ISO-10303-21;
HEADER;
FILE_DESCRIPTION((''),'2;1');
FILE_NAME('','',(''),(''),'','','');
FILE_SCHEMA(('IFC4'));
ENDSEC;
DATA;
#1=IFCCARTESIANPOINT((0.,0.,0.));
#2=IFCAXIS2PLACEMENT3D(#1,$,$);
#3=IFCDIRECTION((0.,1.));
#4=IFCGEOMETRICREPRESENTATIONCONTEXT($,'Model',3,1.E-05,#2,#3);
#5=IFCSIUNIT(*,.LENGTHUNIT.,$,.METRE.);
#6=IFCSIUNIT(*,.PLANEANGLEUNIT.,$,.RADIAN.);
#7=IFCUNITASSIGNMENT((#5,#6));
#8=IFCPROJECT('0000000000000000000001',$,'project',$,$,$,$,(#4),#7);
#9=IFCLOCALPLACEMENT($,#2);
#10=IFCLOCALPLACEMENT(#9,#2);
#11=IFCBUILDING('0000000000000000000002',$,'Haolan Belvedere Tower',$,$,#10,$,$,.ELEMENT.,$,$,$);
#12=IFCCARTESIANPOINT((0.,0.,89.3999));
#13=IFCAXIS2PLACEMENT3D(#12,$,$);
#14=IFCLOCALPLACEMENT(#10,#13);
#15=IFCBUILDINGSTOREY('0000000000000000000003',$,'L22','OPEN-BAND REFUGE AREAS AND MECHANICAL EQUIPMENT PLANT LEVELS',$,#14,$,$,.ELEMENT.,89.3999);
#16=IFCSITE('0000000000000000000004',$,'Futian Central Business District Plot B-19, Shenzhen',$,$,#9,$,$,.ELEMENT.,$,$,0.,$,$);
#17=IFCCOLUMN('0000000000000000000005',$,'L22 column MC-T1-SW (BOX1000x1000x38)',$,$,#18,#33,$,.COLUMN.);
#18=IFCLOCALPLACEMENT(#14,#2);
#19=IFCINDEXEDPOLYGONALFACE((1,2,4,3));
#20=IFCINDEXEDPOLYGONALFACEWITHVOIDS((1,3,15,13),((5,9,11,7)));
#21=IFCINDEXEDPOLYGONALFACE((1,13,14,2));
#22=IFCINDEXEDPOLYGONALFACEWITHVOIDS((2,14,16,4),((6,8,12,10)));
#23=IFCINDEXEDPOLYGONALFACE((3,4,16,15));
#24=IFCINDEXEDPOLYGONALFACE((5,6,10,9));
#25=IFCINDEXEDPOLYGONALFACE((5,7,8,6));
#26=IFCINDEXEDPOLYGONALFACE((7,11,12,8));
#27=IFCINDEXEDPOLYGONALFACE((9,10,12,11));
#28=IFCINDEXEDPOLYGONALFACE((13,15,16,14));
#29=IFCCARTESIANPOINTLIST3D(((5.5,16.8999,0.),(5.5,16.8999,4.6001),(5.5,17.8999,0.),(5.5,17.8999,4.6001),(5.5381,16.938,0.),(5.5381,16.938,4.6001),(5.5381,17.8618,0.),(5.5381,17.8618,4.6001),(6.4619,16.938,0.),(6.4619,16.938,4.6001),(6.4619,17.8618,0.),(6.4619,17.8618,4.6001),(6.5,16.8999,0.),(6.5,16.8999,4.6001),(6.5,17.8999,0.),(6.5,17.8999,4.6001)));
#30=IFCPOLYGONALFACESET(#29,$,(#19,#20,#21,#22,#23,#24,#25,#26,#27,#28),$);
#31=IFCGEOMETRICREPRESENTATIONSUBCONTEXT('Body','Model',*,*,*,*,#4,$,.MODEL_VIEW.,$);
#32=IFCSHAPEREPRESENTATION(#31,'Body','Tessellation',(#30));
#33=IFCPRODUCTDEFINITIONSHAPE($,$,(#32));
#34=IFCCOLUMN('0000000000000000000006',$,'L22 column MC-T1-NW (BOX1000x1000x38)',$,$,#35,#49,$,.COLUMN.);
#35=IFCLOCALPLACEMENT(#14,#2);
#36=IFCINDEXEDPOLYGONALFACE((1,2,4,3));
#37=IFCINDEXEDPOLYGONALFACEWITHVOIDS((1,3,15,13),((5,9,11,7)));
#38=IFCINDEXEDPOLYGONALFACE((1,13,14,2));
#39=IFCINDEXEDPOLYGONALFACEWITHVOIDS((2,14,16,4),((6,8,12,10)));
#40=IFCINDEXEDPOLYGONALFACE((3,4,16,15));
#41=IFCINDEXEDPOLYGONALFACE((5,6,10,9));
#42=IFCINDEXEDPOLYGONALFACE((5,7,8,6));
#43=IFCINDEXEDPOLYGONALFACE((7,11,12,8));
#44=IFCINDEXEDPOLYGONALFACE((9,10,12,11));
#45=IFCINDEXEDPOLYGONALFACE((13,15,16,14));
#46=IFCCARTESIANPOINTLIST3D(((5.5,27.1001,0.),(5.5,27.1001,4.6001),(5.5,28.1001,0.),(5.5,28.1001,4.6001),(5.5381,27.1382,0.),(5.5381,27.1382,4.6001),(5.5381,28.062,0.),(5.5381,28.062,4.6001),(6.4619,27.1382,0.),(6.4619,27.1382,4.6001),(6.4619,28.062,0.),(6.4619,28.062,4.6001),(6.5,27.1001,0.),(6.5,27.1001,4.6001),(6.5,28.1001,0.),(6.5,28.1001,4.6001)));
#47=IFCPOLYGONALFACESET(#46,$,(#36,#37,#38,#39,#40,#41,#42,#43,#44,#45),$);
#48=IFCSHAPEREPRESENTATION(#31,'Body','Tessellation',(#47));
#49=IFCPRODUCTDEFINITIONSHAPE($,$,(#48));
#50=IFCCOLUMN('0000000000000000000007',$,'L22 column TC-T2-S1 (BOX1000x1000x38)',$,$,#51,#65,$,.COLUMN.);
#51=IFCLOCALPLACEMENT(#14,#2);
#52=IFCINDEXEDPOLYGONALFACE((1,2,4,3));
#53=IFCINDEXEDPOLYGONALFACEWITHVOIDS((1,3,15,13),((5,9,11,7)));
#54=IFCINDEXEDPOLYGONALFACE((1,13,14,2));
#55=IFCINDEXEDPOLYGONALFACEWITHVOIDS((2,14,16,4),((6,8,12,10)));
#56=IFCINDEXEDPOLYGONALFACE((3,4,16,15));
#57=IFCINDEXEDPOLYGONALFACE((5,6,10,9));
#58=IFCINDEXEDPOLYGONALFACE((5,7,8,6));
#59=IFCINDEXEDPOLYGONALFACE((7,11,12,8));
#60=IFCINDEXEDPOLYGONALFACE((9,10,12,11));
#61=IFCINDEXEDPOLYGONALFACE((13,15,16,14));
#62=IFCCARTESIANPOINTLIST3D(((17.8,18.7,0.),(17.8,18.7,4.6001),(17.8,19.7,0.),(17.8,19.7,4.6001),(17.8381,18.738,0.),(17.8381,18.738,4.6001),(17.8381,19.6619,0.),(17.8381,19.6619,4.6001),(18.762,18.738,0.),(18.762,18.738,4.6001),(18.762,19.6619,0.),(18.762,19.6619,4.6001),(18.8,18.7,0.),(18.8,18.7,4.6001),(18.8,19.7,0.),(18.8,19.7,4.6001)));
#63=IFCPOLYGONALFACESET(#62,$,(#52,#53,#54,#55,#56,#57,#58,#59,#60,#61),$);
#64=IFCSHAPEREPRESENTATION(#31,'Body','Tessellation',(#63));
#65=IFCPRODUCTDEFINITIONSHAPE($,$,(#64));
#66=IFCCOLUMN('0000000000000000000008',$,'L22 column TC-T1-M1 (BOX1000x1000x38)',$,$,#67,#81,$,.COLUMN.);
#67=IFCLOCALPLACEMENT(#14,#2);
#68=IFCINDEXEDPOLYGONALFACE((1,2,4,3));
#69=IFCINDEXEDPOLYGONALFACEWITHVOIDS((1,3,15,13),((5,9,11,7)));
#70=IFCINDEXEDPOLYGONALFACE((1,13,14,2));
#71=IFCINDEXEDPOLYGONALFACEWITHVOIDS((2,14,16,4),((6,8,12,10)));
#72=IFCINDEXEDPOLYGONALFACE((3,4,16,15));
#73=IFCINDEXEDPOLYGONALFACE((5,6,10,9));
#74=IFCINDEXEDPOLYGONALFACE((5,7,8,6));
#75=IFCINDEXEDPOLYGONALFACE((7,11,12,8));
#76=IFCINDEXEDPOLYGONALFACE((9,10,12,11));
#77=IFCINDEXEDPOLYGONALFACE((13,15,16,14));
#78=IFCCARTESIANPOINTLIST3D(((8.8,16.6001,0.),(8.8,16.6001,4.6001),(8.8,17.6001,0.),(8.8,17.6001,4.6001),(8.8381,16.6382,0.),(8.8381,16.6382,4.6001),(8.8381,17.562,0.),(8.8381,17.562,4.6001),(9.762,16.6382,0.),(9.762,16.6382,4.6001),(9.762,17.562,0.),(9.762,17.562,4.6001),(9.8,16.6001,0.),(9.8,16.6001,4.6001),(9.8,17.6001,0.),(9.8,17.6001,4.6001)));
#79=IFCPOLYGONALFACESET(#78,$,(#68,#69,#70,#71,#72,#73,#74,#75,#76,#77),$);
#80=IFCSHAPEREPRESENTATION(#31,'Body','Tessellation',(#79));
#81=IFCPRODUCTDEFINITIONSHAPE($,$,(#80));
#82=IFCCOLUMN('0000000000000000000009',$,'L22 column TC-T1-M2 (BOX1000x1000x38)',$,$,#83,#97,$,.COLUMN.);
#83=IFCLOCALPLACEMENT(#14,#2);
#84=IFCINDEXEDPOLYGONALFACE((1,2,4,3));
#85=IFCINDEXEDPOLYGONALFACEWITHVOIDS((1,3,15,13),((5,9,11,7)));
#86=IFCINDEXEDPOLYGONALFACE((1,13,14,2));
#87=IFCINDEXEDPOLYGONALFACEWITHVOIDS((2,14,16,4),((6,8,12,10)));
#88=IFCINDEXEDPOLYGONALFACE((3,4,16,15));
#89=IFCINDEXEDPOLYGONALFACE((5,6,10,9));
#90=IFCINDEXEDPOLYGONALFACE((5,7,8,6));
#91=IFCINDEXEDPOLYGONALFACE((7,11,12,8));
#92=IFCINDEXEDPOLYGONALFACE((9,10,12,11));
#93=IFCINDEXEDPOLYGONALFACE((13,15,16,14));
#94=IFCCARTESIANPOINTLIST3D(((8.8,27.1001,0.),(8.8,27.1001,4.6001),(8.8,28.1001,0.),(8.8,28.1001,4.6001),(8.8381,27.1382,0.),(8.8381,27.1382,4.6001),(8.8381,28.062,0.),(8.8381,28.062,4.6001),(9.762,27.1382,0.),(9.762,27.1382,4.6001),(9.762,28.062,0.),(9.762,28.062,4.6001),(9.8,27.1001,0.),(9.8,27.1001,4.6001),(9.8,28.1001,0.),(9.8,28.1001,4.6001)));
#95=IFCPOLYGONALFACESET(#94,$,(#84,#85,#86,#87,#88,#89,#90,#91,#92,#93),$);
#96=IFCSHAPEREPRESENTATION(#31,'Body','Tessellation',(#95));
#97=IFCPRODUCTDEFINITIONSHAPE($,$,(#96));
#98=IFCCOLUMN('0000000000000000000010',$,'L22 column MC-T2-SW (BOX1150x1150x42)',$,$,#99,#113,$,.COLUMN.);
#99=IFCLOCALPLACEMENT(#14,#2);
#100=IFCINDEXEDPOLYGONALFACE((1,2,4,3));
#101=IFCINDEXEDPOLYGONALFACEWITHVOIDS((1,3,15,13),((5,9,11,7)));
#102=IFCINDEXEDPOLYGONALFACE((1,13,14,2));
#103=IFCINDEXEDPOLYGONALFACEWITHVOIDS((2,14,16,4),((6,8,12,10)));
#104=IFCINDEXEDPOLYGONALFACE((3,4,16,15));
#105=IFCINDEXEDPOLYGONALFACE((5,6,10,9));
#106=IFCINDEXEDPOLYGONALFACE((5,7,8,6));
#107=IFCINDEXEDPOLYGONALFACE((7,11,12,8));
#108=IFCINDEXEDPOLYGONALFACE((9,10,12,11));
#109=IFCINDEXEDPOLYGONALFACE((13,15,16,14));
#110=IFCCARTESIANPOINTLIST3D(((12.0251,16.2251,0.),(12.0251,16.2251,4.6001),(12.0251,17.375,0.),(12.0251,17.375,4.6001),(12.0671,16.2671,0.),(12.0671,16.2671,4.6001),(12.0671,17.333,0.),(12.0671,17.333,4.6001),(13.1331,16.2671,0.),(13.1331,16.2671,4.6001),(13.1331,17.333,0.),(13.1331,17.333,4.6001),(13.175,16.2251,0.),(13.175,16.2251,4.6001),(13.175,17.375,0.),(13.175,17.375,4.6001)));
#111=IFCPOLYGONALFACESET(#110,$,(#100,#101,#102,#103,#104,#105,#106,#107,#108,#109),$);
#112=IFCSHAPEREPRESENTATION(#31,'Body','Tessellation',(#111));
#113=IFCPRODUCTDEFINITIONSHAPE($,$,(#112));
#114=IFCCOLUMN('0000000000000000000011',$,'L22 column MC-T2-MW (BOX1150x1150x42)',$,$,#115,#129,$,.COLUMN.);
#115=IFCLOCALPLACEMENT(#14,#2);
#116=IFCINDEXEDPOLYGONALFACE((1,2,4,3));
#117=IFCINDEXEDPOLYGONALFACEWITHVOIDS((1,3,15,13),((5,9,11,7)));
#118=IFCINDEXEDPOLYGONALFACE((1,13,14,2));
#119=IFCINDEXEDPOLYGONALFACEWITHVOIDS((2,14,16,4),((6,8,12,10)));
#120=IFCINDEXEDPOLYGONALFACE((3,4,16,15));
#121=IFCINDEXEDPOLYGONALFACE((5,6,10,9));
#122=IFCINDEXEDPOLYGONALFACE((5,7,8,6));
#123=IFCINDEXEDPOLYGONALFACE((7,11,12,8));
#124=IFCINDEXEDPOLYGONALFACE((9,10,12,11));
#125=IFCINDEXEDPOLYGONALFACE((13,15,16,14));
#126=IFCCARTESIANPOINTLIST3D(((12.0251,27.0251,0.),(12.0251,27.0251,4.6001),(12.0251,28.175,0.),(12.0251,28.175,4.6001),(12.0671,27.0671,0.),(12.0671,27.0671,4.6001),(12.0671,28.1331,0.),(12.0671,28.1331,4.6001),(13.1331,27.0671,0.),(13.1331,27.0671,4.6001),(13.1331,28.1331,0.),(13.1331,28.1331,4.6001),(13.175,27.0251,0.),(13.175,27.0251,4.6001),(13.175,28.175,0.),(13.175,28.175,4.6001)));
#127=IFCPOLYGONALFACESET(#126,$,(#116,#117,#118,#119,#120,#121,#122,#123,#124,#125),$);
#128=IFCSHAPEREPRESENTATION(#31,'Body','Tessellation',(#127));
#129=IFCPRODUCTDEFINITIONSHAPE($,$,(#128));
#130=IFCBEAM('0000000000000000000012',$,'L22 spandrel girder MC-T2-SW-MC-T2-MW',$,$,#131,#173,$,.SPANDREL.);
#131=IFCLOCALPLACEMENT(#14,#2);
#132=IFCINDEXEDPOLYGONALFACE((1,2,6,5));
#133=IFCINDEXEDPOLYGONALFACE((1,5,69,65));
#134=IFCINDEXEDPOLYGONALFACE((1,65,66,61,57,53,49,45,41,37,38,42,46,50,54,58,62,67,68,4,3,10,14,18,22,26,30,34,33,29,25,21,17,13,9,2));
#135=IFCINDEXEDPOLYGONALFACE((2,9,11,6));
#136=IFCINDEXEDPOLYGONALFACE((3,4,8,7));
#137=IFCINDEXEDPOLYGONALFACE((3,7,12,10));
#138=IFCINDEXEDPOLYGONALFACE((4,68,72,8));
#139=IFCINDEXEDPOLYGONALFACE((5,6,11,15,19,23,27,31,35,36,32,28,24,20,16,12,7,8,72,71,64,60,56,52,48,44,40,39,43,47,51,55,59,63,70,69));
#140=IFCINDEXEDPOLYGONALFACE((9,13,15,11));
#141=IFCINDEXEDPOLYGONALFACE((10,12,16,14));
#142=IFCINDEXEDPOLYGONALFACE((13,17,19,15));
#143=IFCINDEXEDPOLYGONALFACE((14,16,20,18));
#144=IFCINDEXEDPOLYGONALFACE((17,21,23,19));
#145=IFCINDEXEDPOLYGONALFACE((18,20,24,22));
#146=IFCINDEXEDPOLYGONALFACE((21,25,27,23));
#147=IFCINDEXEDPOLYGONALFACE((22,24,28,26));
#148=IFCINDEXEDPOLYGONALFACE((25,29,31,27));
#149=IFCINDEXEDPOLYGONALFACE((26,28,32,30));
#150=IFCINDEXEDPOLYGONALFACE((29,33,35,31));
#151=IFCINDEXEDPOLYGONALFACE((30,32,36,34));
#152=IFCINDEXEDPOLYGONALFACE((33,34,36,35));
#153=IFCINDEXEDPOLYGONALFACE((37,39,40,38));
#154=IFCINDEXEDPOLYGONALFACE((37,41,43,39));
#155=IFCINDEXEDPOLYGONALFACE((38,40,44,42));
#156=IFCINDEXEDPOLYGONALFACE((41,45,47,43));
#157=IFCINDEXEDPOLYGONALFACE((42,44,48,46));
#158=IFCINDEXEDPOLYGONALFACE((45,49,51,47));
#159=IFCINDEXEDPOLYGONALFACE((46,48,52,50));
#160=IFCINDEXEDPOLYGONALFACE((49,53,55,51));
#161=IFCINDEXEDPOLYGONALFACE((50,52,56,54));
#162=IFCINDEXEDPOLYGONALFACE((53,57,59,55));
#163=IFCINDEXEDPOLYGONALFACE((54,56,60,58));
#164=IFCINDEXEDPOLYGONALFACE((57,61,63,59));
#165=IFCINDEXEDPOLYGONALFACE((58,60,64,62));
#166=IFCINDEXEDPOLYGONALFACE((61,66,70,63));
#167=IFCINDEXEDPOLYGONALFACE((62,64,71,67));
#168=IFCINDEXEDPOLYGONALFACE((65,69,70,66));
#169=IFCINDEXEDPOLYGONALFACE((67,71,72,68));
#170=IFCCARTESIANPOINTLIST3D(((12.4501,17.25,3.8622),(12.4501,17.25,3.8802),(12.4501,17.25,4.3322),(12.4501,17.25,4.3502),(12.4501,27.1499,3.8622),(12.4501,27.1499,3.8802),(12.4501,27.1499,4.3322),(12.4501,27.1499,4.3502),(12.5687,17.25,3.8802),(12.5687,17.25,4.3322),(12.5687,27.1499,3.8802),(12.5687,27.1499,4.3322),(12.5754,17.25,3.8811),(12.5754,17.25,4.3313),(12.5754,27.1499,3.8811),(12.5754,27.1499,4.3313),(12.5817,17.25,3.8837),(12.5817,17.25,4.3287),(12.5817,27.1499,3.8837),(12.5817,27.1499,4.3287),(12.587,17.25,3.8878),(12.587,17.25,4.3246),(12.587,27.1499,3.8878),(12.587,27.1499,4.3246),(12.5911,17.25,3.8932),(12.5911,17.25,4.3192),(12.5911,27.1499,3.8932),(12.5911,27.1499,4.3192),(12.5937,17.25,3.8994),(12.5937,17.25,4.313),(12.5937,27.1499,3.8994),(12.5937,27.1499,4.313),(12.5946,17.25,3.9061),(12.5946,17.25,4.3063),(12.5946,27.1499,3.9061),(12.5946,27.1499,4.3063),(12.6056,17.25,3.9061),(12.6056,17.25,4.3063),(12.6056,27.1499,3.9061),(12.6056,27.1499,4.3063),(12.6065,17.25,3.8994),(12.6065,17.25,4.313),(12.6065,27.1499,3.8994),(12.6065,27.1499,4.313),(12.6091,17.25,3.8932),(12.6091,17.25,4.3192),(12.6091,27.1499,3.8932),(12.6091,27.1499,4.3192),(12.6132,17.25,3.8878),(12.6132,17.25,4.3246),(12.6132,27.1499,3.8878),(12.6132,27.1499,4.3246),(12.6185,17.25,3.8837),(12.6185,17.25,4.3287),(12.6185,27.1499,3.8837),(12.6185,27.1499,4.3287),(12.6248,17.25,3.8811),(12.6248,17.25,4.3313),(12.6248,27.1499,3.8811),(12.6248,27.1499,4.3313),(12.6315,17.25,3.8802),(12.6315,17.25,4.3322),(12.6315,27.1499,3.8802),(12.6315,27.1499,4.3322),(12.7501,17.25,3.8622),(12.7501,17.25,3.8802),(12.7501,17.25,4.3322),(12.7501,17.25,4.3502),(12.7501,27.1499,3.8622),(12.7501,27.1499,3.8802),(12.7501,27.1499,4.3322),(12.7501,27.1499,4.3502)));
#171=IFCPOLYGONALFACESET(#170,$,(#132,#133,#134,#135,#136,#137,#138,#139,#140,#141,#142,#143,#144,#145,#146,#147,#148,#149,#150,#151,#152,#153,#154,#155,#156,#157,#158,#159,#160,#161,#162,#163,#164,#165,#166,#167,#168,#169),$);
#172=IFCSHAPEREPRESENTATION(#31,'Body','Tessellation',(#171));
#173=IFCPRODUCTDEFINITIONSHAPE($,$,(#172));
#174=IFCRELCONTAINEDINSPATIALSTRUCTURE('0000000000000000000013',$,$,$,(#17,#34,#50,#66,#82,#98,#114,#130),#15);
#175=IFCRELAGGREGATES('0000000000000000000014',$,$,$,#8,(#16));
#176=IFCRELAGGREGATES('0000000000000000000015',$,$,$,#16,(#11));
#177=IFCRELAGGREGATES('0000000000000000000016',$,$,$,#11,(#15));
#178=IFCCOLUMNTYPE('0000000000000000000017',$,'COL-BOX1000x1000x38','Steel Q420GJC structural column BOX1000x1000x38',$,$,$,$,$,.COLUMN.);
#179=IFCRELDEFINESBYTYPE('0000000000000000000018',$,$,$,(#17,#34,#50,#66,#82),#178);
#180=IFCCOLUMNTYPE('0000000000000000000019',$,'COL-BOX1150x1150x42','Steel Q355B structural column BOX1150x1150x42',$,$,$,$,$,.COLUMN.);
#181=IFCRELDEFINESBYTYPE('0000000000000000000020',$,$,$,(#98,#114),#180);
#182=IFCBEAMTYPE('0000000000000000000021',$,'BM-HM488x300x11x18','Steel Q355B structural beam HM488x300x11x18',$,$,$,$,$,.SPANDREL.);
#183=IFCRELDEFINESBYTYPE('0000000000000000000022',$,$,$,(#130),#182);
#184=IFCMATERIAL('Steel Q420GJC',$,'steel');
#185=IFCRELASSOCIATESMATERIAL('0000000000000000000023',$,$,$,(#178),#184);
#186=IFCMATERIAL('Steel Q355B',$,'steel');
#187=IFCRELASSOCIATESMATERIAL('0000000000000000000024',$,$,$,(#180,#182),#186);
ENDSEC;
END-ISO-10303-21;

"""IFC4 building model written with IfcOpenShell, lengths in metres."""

from ifc_helpers import new_model, si_unit, direction, frame, origin, origin_2d, place, context, subcontext, project, spatial, hollow_rectangle, i_section, extrude, material, material_profile, profile_set, type_object, element, save


model = new_model("IFC4")

# Units and contexts
model_context = context("Model", 3, precision=1e-05, world=origin(), true_north=direction((0.0, 1.0)))
body_context = subcontext(model_context, "Body", "Model", "MODEL_VIEW")
ifc_project = project(units=[si_unit("LENGTHUNIT", "METRE"), si_unit("PLANEANGLEUNIT", "RADIAN")], contexts=[model_context])

# Site, building, storey
site_placement = place(None, origin())
site = spatial("IfcSite", under=ifc_project, at=site_placement, Name="Futian Central Business District Plot B-19, Shenzhen", CompositionType="ELEMENT", RefElevation=0.0)
building_placement = place(site_placement, origin())
building = spatial("IfcBuilding", under=site, at=building_placement, Name="Haolan Belvedere Tower", CompositionType="ELEMENT")
storey_placement = place(building_placement, frame((0.0, 0.0, 89.3999)))
storey = spatial("IfcBuildingStorey", under=building, at=storey_placement, Name="L22", Description="OPEN-BAND REFUGE AREAS AND MECHANICAL EQUIPMENT PLANT LEVELS", CompositionType="ELEMENT", Elevation=89.3999)

# Columns
ifc_material_1 = material(Name="Steel Q420GJC", Category="steel")
ifc_material_profile_1 = material_profile(ifc_material_1, hollow_rectangle(XDim=1.0, YDim=1.0, WallThickness=0.0381, at=origin_2d()), Name="Steel Q420GJC")
ifc_profile_set_1 = profile_set([ifc_material_profile_1], Name="Steel Q420GJC")
column_type_1 = type_object("IfcColumnType", Name="COL-BOX1000x1000x38", Description="Steel Q420GJC structural column BOX1000x1000x38", PredefinedType="COLUMN", material=ifc_profile_set_1)
for number, where, z_axis, x_axis, name in (
    (1, (6.0, 17.3999, 0.0), (0.0, 0.0, 1.0), (1.0, 0.0, 0.0), "L22 column MC-T1-SW (BOX1000x1000x38)"),
    (2, (6.0, 27.6001, 0.0), (0.0, 0.0, 1.0), (1.0, 0.0, 0.0), "L22 column MC-T1-NW (BOX1000x1000x38)"),
    (3, (18.3, 19.2, 0.0), (0.0, 0.0, 1.0), (1.0, 0.0, 0.0), "L22 column TC-T2-S1 (BOX1000x1000x38)"),
    (4, (9.3, 17.1001, 0.0), (0.0, 0.0, 1.0), (1.0, 0.0, 0.0), "L22 column TC-T1-M1 (BOX1000x1000x38)"),
    (5, (9.3, 27.6001, 0.0), (0.0, 0.0, 1.0), (1.0, 0.0, 0.0), "L22 column TC-T1-M2 (BOX1000x1000x38)"),
):
    element("IfcColumn", number, at=place(storey_placement, frame(where, z_axis=z_axis, x_axis=x_axis)), inside=storey, type_object=column_type_1, Name=name, PredefinedType="COLUMN", context=body_context, shape_type="SweptSolid", body=[
        extrude(hollow_rectangle(XDim=1.0, YDim=1.0, WallThickness=0.0381, at=origin_2d()), origin(), (0.0, 0.0, 1.0), 4.6001),
    ])
ifc_material_2 = material(Name="Steel Q355B", Category="steel")
ifc_material_profile_2 = material_profile(ifc_material_2, hollow_rectangle(XDim=1.1499, YDim=1.1499, WallThickness=0.042, at=origin_2d()), Name="Steel Q355B")
ifc_profile_set_2 = profile_set([ifc_material_profile_2], Name="Steel Q355B")
column_type_2 = type_object("IfcColumnType", Name="COL-BOX1150x1150x42", Description="Steel Q355B structural column BOX1150x1150x42", PredefinedType="COLUMN", material=ifc_profile_set_2)
for number, where, z_axis, x_axis, name in (
    (6, (12.6001, 16.8, 0.0), (0.0, 0.0, 1.0), (1.0, 0.0, 0.0), "L22 column MC-T2-SW (BOX1150x1150x42)"),
    (7, (12.6001, 27.6001, 0.0), (0.0, 0.0, 1.0), (1.0, 0.0, 0.0), "L22 column MC-T2-MW (BOX1150x1150x42)"),
):
    element("IfcColumn", number, at=place(storey_placement, frame(where, z_axis=z_axis, x_axis=x_axis)), inside=storey, type_object=column_type_2, Name=name, PredefinedType="COLUMN", context=body_context, shape_type="SweptSolid", body=[
        extrude(hollow_rectangle(XDim=1.1499, YDim=1.1499, WallThickness=0.042, at=origin_2d()), origin(), (0.0, 0.0, 1.0), 4.6001),
    ])

# Beam
ifc_material_profile_3 = material_profile(ifc_material_2, i_section(OverallWidth=0.3, OverallDepth=0.488, WebThickness=0.011, FlangeThickness=0.0181, FilletRadius=0.0259, at=origin_2d()), Name="Steel Q355B")
ifc_profile_set_3 = profile_set([ifc_material_profile_3], Name="Steel Q355B")
beam_type_1 = type_object("IfcBeamType", Name="BM-HM488x300x11x18", Description="Steel Q355B structural beam HM488x300x11x18", PredefinedType="SPANDREL", material=ifc_profile_set_3)
beam_1_placement = place(storey_placement, frame((12.6001, 17.25, 4.1062), z_axis=(0.0, 1.0, 0.0), x_axis=(-1.0, 0.0, 0.0)))
element("IfcBeam", 8, at=beam_1_placement, inside=storey, type_object=beam_type_1, Name="L22 spandrel girder MC-T2-SW-MC-T2-MW", PredefinedType="SPANDREL", context=body_context, shape_type="SweptSolid", body=[
    extrude(i_section(OverallWidth=0.3, OverallDepth=0.488, WebThickness=0.011, FlangeThickness=0.0181, FilletRadius=0.0259, at=origin_2d()), origin(), (0.0, 0.0, 1.0), 9.8999),
])

save(model, "model.ifc")
